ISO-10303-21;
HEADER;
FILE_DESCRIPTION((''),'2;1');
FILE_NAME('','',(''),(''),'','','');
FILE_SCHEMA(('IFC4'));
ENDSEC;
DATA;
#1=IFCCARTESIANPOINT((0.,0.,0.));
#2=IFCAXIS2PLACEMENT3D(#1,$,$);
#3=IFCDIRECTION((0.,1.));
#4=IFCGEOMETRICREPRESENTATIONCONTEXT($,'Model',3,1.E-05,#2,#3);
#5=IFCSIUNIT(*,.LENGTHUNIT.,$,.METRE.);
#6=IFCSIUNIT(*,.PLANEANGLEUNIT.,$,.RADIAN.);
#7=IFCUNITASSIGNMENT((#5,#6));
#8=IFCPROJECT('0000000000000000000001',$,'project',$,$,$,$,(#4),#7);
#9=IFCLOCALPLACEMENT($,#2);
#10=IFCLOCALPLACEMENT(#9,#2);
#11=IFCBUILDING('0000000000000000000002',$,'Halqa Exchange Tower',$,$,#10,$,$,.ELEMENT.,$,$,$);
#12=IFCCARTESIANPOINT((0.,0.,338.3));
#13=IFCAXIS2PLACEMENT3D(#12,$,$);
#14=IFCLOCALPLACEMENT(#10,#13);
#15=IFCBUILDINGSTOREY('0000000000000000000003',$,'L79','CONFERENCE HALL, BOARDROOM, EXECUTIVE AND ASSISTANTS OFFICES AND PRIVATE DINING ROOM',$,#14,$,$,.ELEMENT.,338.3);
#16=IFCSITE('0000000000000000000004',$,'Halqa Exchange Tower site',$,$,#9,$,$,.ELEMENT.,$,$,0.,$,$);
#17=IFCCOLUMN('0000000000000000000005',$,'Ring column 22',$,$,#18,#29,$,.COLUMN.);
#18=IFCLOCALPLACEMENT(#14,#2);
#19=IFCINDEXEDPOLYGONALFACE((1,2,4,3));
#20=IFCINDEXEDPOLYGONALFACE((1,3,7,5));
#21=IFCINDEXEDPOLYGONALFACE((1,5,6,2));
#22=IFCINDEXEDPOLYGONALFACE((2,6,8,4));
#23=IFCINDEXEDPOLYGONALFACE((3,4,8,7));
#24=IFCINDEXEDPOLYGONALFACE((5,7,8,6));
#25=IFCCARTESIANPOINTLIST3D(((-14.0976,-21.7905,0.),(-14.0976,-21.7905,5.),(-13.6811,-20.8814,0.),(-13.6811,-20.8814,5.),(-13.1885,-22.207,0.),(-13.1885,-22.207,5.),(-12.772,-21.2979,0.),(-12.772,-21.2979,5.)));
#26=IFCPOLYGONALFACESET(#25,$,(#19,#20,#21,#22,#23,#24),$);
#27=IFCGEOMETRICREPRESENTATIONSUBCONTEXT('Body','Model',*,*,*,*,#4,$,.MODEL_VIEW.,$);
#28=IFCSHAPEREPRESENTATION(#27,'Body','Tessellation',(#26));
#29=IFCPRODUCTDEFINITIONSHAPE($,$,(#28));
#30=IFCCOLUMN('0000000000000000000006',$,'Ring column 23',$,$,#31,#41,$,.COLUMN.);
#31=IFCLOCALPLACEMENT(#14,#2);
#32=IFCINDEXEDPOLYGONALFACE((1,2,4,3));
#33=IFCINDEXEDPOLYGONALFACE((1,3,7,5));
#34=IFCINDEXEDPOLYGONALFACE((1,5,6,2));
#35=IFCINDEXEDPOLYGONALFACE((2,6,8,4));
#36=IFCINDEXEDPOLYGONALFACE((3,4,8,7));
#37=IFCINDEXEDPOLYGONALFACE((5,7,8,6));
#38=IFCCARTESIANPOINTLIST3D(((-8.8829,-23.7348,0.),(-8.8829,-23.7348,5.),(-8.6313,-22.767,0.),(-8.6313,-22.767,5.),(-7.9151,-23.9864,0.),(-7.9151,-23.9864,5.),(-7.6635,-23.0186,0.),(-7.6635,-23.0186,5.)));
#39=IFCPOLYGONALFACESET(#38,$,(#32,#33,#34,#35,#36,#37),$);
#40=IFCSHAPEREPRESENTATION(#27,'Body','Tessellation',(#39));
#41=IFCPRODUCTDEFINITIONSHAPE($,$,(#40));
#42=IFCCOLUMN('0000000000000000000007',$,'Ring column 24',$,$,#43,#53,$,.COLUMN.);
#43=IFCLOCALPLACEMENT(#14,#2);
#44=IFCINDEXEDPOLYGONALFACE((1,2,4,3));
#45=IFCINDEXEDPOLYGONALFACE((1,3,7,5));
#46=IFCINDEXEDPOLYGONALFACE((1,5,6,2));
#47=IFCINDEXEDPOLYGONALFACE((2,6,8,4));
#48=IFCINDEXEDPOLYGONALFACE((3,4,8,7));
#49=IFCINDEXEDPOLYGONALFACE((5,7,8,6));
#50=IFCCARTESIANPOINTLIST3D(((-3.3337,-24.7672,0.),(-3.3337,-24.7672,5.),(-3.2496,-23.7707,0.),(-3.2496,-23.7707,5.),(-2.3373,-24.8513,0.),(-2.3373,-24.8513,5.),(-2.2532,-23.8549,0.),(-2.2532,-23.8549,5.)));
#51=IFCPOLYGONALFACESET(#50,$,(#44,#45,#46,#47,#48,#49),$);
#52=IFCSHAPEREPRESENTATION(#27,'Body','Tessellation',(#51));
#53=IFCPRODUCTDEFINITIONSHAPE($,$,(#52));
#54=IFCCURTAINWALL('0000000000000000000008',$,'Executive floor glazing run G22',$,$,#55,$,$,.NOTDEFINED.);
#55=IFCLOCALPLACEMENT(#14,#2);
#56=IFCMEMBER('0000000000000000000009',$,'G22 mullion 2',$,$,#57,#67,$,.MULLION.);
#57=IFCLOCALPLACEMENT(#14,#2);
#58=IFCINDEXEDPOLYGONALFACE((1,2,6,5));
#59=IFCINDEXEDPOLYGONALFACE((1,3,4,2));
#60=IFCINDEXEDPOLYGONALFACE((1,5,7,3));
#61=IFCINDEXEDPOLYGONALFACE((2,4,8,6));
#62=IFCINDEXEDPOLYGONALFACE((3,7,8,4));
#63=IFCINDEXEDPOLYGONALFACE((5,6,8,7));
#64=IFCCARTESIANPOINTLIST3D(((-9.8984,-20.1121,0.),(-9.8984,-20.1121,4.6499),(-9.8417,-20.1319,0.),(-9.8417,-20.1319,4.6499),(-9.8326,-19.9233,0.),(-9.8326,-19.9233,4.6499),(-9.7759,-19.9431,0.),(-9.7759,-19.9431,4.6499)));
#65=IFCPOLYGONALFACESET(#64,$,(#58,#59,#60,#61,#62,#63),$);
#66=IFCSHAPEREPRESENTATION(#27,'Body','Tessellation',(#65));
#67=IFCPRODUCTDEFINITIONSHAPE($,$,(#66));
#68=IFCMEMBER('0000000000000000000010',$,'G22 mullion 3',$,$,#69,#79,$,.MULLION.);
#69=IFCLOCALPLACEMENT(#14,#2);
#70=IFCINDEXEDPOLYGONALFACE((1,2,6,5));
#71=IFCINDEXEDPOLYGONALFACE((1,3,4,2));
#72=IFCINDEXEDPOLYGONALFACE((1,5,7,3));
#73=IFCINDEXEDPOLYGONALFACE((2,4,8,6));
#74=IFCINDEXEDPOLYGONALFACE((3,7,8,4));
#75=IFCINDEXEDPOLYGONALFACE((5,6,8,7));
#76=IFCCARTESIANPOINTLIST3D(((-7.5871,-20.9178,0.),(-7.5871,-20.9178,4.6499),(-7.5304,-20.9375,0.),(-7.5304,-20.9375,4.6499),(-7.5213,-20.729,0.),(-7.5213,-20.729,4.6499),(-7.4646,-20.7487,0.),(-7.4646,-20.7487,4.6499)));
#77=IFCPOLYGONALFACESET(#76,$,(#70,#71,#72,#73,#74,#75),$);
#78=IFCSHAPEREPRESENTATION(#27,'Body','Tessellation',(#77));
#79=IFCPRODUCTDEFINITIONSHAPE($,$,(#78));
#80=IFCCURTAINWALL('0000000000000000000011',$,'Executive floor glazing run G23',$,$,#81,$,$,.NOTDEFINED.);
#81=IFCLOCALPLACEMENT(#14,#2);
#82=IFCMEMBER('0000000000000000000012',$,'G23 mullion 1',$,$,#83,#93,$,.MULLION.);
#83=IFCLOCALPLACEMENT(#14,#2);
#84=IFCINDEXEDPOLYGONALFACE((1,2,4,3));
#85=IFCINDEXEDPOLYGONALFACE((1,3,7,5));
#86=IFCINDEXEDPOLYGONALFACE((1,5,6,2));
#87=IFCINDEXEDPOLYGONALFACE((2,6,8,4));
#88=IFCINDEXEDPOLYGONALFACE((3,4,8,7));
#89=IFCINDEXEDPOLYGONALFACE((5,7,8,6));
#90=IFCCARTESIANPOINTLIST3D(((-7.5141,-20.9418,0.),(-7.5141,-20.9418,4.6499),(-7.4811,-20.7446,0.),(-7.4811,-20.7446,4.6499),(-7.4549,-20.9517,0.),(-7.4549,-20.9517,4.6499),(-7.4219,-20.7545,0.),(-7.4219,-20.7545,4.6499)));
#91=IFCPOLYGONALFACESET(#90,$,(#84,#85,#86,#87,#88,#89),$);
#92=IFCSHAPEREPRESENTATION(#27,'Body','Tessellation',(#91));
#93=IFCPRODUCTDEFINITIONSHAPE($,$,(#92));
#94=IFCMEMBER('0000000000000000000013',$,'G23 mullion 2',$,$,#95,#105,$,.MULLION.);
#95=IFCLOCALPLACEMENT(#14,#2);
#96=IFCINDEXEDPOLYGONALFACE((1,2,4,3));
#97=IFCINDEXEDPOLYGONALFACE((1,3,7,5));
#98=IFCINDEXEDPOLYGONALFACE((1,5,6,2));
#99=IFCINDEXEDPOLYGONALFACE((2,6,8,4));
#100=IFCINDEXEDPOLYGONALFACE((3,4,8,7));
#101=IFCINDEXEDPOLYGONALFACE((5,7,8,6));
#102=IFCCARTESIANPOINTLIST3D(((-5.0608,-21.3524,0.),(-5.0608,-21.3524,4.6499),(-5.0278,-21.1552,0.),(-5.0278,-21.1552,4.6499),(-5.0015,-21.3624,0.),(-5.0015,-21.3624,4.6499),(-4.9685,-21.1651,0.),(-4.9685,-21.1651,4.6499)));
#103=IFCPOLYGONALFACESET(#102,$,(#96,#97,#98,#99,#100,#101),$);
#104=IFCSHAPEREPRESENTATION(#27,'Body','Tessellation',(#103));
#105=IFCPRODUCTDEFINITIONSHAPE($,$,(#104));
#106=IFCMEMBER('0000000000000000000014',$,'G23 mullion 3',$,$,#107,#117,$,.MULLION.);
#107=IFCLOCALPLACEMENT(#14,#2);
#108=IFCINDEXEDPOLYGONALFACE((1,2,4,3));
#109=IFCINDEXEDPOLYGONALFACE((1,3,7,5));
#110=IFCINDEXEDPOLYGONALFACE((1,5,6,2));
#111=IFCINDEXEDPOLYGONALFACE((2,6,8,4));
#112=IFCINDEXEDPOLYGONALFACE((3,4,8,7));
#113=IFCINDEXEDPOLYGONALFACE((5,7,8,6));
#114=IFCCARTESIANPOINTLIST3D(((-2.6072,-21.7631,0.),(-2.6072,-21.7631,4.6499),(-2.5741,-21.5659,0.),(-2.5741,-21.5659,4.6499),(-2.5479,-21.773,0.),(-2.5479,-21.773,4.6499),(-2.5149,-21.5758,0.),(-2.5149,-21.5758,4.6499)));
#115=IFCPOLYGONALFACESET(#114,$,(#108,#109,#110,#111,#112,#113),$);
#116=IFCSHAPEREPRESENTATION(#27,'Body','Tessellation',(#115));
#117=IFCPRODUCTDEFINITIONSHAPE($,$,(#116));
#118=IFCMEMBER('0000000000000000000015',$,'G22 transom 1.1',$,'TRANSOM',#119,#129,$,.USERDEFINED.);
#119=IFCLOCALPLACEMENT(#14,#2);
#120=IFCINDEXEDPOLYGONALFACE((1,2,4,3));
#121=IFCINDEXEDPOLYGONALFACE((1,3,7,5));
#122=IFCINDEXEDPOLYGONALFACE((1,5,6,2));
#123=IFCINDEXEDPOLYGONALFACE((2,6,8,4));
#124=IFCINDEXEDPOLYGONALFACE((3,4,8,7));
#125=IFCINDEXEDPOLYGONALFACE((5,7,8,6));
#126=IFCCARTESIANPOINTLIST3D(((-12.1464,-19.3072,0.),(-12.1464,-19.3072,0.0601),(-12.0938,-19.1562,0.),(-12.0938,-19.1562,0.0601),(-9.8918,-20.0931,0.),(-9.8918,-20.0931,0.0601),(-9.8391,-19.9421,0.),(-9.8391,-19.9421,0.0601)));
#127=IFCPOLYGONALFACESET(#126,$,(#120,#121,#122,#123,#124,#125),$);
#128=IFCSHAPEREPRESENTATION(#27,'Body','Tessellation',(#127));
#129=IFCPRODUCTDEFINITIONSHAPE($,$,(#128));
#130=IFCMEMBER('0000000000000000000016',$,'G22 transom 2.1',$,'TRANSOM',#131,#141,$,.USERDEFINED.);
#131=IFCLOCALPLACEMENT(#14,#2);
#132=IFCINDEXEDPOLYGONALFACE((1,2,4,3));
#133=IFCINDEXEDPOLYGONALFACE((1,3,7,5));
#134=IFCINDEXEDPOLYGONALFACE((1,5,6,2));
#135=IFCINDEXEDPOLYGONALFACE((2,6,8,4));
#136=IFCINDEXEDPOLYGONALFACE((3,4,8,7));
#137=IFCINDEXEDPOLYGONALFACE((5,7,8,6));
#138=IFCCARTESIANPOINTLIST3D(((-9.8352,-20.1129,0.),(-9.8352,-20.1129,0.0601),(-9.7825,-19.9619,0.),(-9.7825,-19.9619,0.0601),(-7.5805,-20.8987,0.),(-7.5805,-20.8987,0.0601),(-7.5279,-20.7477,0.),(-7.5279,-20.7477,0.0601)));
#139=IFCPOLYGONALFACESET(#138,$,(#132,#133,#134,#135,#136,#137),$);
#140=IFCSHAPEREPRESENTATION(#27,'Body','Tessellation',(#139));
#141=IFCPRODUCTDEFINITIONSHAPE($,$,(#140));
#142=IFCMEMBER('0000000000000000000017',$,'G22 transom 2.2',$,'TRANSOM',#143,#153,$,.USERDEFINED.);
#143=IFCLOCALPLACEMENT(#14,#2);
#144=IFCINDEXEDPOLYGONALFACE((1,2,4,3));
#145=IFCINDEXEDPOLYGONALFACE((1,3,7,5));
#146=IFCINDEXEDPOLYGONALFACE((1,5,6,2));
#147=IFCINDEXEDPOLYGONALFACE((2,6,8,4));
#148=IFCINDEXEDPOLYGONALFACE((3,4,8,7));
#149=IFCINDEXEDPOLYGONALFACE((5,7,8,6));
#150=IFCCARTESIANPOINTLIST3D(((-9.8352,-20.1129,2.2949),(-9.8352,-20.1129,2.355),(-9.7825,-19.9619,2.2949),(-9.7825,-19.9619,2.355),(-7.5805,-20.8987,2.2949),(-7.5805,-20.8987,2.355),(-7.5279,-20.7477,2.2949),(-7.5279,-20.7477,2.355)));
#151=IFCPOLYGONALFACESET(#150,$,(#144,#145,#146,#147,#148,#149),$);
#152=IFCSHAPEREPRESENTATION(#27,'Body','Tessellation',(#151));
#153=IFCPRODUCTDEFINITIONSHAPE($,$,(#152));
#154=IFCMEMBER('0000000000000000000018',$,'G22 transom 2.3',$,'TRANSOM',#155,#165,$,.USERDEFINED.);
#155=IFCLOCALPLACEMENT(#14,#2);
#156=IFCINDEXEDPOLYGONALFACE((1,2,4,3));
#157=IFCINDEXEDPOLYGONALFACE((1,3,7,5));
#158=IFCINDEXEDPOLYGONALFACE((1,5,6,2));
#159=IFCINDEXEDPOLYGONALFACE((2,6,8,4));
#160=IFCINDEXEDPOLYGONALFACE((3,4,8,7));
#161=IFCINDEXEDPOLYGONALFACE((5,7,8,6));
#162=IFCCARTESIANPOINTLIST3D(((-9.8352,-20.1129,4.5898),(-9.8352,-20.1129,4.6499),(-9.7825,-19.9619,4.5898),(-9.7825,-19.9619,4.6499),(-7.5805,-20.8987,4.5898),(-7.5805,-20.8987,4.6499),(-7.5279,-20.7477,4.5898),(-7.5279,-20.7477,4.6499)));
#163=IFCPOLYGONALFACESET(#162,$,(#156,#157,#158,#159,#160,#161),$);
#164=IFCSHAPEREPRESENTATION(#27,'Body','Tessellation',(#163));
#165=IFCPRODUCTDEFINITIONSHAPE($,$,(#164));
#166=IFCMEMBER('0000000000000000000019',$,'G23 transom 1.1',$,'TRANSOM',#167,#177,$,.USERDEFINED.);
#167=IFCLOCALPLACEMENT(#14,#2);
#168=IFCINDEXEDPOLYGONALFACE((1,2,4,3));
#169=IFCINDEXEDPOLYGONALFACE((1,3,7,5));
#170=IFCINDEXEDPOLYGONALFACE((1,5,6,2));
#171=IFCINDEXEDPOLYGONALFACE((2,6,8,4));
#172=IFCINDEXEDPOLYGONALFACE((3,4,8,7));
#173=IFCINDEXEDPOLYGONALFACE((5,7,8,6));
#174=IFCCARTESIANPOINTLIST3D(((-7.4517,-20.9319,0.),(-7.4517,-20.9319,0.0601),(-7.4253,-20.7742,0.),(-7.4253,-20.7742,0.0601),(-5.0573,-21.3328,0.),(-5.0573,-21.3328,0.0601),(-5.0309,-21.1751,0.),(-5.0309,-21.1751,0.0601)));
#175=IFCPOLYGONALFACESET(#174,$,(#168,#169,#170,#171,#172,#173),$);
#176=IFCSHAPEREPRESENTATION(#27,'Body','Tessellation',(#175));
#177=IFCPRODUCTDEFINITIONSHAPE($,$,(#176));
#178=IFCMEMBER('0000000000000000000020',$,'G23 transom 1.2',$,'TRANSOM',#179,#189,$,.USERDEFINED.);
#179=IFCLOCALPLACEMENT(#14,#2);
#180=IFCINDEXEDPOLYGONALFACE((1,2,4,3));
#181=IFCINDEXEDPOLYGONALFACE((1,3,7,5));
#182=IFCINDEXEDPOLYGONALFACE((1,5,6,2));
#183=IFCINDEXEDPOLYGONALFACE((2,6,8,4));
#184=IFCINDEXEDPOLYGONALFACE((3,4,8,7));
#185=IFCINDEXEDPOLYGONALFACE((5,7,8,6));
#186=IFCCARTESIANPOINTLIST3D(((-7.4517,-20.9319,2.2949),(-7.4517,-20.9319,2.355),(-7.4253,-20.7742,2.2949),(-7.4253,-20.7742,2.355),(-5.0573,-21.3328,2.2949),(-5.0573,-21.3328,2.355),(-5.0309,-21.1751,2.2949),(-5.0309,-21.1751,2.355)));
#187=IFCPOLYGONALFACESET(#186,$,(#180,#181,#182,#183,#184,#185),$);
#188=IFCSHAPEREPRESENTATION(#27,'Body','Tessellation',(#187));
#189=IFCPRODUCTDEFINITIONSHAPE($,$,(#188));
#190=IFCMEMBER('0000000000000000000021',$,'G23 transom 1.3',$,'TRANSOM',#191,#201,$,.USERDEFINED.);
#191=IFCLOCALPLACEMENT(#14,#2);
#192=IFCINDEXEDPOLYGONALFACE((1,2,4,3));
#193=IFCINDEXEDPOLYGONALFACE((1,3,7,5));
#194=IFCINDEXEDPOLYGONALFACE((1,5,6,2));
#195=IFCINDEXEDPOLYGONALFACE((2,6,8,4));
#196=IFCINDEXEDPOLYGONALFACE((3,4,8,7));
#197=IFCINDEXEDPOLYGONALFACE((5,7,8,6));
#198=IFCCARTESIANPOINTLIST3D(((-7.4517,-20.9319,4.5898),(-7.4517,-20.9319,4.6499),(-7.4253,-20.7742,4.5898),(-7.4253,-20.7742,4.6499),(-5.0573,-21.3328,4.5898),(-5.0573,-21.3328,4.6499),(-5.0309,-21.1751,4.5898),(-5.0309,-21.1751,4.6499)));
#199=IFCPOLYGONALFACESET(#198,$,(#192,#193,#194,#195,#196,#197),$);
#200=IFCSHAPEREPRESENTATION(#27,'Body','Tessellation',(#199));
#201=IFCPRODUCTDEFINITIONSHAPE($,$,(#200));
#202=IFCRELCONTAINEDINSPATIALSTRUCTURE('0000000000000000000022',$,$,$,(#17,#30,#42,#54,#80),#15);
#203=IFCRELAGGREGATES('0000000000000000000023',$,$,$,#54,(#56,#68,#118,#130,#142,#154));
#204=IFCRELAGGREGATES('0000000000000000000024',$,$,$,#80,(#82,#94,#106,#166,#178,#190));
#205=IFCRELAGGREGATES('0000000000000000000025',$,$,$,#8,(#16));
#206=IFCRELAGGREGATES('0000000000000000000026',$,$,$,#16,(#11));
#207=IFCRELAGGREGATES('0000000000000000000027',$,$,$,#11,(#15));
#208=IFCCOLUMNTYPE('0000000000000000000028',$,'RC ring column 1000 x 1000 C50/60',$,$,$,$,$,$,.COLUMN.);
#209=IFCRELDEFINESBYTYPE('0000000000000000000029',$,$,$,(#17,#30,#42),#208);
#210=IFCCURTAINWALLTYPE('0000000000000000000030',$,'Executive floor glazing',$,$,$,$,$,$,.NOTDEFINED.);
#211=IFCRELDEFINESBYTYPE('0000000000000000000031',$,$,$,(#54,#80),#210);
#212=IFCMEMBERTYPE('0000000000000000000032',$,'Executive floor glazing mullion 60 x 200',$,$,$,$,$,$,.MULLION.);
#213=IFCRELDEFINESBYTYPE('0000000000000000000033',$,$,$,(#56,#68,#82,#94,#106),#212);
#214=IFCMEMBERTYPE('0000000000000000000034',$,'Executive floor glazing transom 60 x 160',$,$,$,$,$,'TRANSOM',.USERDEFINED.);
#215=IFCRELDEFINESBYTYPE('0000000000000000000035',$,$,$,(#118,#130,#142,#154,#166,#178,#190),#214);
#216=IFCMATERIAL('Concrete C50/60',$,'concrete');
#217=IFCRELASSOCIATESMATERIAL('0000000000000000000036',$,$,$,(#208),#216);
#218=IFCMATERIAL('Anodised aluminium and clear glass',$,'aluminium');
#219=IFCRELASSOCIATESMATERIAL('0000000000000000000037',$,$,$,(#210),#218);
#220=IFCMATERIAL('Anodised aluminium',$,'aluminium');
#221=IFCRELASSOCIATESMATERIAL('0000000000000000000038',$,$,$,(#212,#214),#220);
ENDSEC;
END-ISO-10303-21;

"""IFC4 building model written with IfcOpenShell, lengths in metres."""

from ifc_helpers import new_model, si_unit, direction, frame, origin, origin_2d, place, context, subcontext, project, spatial, rectangle, extrude, material, material_profile, profile_set, type_object, element, aggregate, save


model = new_model("IFC4")

# Units and contexts
model_context = context("Model", 3, precision=1e-05, world=origin(), true_north=direction((0.0, 1.0)))
body_context = subcontext(model_context, "Body", "Model", "MODEL_VIEW")
ifc_project = project(units=[si_unit("LENGTHUNIT", "METRE"), si_unit("PLANEANGLEUNIT", "RADIAN")], contexts=[model_context])

# Site, building, storey
site_placement = place(None, origin())
site = spatial("IfcSite", under=ifc_project, at=site_placement, Name="Halqa Exchange Tower site", CompositionType="ELEMENT", RefElevation=0.0)
building_placement = place(site_placement, origin())
building = spatial("IfcBuilding", under=site, at=building_placement, Name="Halqa Exchange Tower", CompositionType="ELEMENT")
storey_placement = place(building_placement, frame((0.0, 0.0, 338.3)))
storey = spatial("IfcBuildingStorey", under=building, at=storey_placement, Name="L79", Description="CONFERENCE HALL, BOARDROOM, EXECUTIVE AND ASSISTANTS OFFICES AND PRIVATE DINING ROOM", CompositionType="ELEMENT", Elevation=338.3)

# Columns
ifc_material_1 = material(Name="Concrete C50/60", Category="concrete")
ifc_material_profile_1 = material_profile(ifc_material_1, rectangle(XDim=1.0, YDim=1.0, at=origin_2d()), Name="1000 x 1000")
ifc_profile_set_1 = profile_set([ifc_material_profile_1], Name="Concrete C50/60")
column_type = type_object("IfcColumnType", Name="RC ring column 1000 x 1000 C50/60", PredefinedType="COLUMN", material=ifc_profile_set_1)
for number, where, z_axis, x_axis, name in (
    (1, (-13.4348, -21.5442, 0.0), (0.0, 0.0, 1.0), (0.909129, -0.416516, 0.0), "Ring column 22"),
    (2, (-8.2732, -23.3767, 0.0), (0.0, 0.0, 1.0), (0.967819, -0.251647, 0.0), "Ring column 23"),
    (3, (-2.7935, -24.311, 0.0), (0.0, 0.0, 1.0), (0.996455, -0.084127, 0.0), "Ring column 24"),
):
    element("IfcColumn", number, at=place(storey_placement, frame(where, z_axis=z_axis, x_axis=x_axis)), inside=storey, type_object=column_type, Name=name, PredefinedType="COLUMN", context=body_context, shape_type="SweptSolid", body=[
        extrude(rectangle(XDim=1.0, YDim=1.0, at=origin_2d()), origin(), (0.0, 0.0, 1.0), 5.0),
    ])

# Curtain walls, members
ifc_material_2 = material(Name="Anodised aluminium and clear glass", Category="aluminium")
curtain_wall_type = type_object("IfcCurtainWallType", Name="Executive floor glazing", PredefinedType="NOTDEFINED", material=ifc_material_2)
curtain_wall_1_placement = place(storey_placement, origin())
curtain_wall_1 = element("IfcCurtainWall", 4, at=curtain_wall_1_placement, inside=storey, type_object=curtain_wall_type, Name="Executive floor glazing run G22", PredefinedType="NOTDEFINED")
ifc_material_3 = material(Name="Anodised aluminium", Category="aluminium")
ifc_material_profile_2 = material_profile(ifc_material_3, rectangle(XDim=0.2, YDim=0.0601, at=origin_2d()), Name="AL 60x200")
ifc_profile_set_2 = profile_set([ifc_material_profile_2], Name="Anodised aluminium")
member_type_1 = type_object("IfcMemberType", Name="Executive floor glazing mullion 60 x 200", PredefinedType="MULLION", material=ifc_profile_set_2)
member_1_placement = place(storey_placement, frame((-9.8372, -20.0276, 0.0), z_axis=(0.0, 0.0, 1.0), x_axis=(0.32916, 0.944274, 0.0)))
member_1 = element("IfcMember", 5, at=member_1_placement, type_object=member_type_1, Name="G22 mullion 2", PredefinedType="MULLION", context=body_context, shape_type="SweptSolid", body=[
    extrude(rectangle(XDim=0.2, YDim=0.0601, at=origin_2d()), origin(), (0.0, 0.0, 1.0), 4.6499),
])
member_2_placement = place(storey_placement, frame((-7.5259, -20.8333, 0.0), z_axis=(0.0, 0.0, 1.0), x_axis=(0.32916, 0.944274, 0.0)))
member_2 = element("IfcMember", 6, at=member_2_placement, type_object=member_type_1, Name="G22 mullion 3", PredefinedType="MULLION", context=body_context, shape_type="SweptSolid", body=[
    extrude(rectangle(XDim=0.2, YDim=0.0601, at=origin_2d()), origin(), (0.0, 0.0, 1.0), 4.6499),
])
curtain_wall_2_placement = place(storey_placement, origin())
curtain_wall_2 = element("IfcCurtainWall", 7, at=curtain_wall_2_placement, inside=storey, type_object=curtain_wall_type, Name="Executive floor glazing run G23", PredefinedType="NOTDEFINED")
member_3_placement = place(storey_placement, frame((-7.468, -20.8481, 0.0), z_axis=(0.0, 0.0, 1.0), x_axis=(0.165117, 0.986274, 0.0)))
member_3 = element("IfcMember", 8, at=member_3_placement, type_object=member_type_1, Name="G23 mullion 1", PredefinedType="MULLION", context=body_context, shape_type="SweptSolid", body=[
    extrude(rectangle(XDim=0.2, YDim=0.0601, at=origin_2d()), origin(), (0.0, 0.0, 1.0), 4.6499),
])
member_4_placement = place(storey_placement, frame((-5.0146, -21.2588, 0.0), z_axis=(0.0, 0.0, 1.0), x_axis=(0.165117, 0.986274, 0.0)))
member_4 = element("IfcMember", 9, at=member_4_placement, type_object=member_type_1, Name="G23 mullion 2", PredefinedType="MULLION", context=body_context, shape_type="SweptSolid", body=[
    extrude(rectangle(XDim=0.2, YDim=0.0601, at=origin_2d()), origin(), (0.0, 0.0, 1.0), 4.6499),
])
member_5_placement = place(storey_placement, frame((-2.561, -21.6694, 0.0), z_axis=(0.0, 0.0, 1.0), x_axis=(0.165117, 0.986274, 0.0)))
member_5 = element("IfcMember", 10, at=member_5_placement, type_object=member_type_1, Name="G23 mullion 3", PredefinedType="MULLION", context=body_context, shape_type="SweptSolid", body=[
    extrude(rectangle(XDim=0.2, YDim=0.0601, at=origin_2d()), origin(), (0.0, 0.0, 1.0), 4.6499),
])

# Members
ifc_material_profile_3 = material_profile(ifc_material_3, rectangle(XDim=0.1599, YDim=0.0601, at=origin_2d()), Name="AL 60x160")
ifc_profile_set_3 = profile_set([ifc_material_profile_3], Name="Anodised aluminium")
member_type_2 = type_object("IfcMemberType", Name="Executive floor glazing transom 60 x 160", ElementType="TRANSOM", PredefinedType="USERDEFINED", material=ifc_profile_set_3)
member_6_placement = place(storey_placement, frame((-12.1201, -19.2317, 0.03), z_axis=(0.94428, -0.329143, 0.0), x_axis=(0.329143, 0.94428, 0.0)))
member_6 = element("IfcMember", 11, at=member_6_placement, type_object=member_type_2, Name="G22 transom 1.1", ObjectType="TRANSOM", PredefinedType="USERDEFINED", context=body_context, shape_type="SweptSolid", body=[
    extrude(rectangle(XDim=0.1599, YDim=0.0601, at=origin_2d()), origin(), (0.0, 0.0, 1.0), 2.3877),
])
member_7_placement = place(storey_placement, frame((-9.8088, -20.0374, 0.03), z_axis=(0.94428, -0.329143, 0.0), x_axis=(0.329143, 0.94428, 0.0)))
member_7 = element("IfcMember", 12, at=member_7_placement, type_object=member_type_2, Name="G22 transom 2.1", ObjectType="TRANSOM", PredefinedType="USERDEFINED", context=body_context, shape_type="SweptSolid", body=[
    extrude(rectangle(XDim=0.1599, YDim=0.0601, at=origin_2d()), origin(), (0.0, 0.0, 1.0), 2.3877),
])
member_8_placement = place(storey_placement, frame((-9.8088, -20.0374, 2.325), z_axis=(0.94428, -0.329143, 0.0), x_axis=(0.329143, 0.94428, 0.0)))
member_8 = element("IfcMember", 13, at=member_8_placement, type_object=member_type_2, Name="G22 transom 2.2", ObjectType="TRANSOM", PredefinedType="USERDEFINED", context=body_context, shape_type="SweptSolid", body=[
    extrude(rectangle(XDim=0.1599, YDim=0.0601, at=origin_2d()), origin(), (0.0, 0.0, 1.0), 2.3877),
])
member_9_placement = place(storey_placement, frame((-9.8088, -20.0374, 4.6199), z_axis=(0.94428, -0.329143, 0.0), x_axis=(0.329143, 0.94428, 0.0)))
member_9 = element("IfcMember", 14, at=member_9_placement, type_object=member_type_2, Name="G22 transom 2.3", ObjectType="TRANSOM", PredefinedType="USERDEFINED", context=body_context, shape_type="SweptSolid", body=[
    extrude(rectangle(XDim=0.1599, YDim=0.0601, at=origin_2d()), origin(), (0.0, 0.0, 1.0), 2.3877),
])
member_10_placement = place(storey_placement, frame((-7.4385, -20.853, 0.03), z_axis=(0.986271, -0.165133, 0.0), x_axis=(0.165133, 0.986271, 0.0)))
member_10 = element("IfcMember", 15, at=member_10_placement, type_object=member_type_2, Name="G23 transom 1.1", ObjectType="TRANSOM", PredefinedType="USERDEFINED", context=body_context, shape_type="SweptSolid", body=[
    extrude(rectangle(XDim=0.1599, YDim=0.0601, at=origin_2d()), origin(), (0.0, 0.0, 1.0), 2.4277),
])
member_11_placement = place(storey_placement, frame((-7.4385, -20.853, 2.325), z_axis=(0.986271, -0.165133, 0.0), x_axis=(0.165133, 0.986271, 0.0)))
member_11 = element("IfcMember", 16, at=member_11_placement, type_object=member_type_2, Name="G23 transom 1.2", ObjectType="TRANSOM", PredefinedType="USERDEFINED", context=body_context, shape_type="SweptSolid", body=[
    extrude(rectangle(XDim=0.1599, YDim=0.0601, at=origin_2d()), origin(), (0.0, 0.0, 1.0), 2.4277),
])
member_12_placement = place(storey_placement, frame((-7.4385, -20.853, 4.6199), z_axis=(0.986271, -0.165133, 0.0), x_axis=(0.165133, 0.986271, 0.0)))
member_12 = element("IfcMember", 17, at=member_12_placement, type_object=member_type_2, Name="G23 transom 1.3", ObjectType="TRANSOM", PredefinedType="USERDEFINED", context=body_context, shape_type="SweptSolid", body=[
    extrude(rectangle(XDim=0.1599, YDim=0.0601, at=origin_2d()), origin(), (0.0, 0.0, 1.0), 2.4277),
])

aggregate(curtain_wall_1, [member_1, member_2, member_6, member_7, member_8, member_9])
aggregate(curtain_wall_2, [member_3, member_4, member_5, member_10, member_11, member_12])

save(model, "model.ifc")
